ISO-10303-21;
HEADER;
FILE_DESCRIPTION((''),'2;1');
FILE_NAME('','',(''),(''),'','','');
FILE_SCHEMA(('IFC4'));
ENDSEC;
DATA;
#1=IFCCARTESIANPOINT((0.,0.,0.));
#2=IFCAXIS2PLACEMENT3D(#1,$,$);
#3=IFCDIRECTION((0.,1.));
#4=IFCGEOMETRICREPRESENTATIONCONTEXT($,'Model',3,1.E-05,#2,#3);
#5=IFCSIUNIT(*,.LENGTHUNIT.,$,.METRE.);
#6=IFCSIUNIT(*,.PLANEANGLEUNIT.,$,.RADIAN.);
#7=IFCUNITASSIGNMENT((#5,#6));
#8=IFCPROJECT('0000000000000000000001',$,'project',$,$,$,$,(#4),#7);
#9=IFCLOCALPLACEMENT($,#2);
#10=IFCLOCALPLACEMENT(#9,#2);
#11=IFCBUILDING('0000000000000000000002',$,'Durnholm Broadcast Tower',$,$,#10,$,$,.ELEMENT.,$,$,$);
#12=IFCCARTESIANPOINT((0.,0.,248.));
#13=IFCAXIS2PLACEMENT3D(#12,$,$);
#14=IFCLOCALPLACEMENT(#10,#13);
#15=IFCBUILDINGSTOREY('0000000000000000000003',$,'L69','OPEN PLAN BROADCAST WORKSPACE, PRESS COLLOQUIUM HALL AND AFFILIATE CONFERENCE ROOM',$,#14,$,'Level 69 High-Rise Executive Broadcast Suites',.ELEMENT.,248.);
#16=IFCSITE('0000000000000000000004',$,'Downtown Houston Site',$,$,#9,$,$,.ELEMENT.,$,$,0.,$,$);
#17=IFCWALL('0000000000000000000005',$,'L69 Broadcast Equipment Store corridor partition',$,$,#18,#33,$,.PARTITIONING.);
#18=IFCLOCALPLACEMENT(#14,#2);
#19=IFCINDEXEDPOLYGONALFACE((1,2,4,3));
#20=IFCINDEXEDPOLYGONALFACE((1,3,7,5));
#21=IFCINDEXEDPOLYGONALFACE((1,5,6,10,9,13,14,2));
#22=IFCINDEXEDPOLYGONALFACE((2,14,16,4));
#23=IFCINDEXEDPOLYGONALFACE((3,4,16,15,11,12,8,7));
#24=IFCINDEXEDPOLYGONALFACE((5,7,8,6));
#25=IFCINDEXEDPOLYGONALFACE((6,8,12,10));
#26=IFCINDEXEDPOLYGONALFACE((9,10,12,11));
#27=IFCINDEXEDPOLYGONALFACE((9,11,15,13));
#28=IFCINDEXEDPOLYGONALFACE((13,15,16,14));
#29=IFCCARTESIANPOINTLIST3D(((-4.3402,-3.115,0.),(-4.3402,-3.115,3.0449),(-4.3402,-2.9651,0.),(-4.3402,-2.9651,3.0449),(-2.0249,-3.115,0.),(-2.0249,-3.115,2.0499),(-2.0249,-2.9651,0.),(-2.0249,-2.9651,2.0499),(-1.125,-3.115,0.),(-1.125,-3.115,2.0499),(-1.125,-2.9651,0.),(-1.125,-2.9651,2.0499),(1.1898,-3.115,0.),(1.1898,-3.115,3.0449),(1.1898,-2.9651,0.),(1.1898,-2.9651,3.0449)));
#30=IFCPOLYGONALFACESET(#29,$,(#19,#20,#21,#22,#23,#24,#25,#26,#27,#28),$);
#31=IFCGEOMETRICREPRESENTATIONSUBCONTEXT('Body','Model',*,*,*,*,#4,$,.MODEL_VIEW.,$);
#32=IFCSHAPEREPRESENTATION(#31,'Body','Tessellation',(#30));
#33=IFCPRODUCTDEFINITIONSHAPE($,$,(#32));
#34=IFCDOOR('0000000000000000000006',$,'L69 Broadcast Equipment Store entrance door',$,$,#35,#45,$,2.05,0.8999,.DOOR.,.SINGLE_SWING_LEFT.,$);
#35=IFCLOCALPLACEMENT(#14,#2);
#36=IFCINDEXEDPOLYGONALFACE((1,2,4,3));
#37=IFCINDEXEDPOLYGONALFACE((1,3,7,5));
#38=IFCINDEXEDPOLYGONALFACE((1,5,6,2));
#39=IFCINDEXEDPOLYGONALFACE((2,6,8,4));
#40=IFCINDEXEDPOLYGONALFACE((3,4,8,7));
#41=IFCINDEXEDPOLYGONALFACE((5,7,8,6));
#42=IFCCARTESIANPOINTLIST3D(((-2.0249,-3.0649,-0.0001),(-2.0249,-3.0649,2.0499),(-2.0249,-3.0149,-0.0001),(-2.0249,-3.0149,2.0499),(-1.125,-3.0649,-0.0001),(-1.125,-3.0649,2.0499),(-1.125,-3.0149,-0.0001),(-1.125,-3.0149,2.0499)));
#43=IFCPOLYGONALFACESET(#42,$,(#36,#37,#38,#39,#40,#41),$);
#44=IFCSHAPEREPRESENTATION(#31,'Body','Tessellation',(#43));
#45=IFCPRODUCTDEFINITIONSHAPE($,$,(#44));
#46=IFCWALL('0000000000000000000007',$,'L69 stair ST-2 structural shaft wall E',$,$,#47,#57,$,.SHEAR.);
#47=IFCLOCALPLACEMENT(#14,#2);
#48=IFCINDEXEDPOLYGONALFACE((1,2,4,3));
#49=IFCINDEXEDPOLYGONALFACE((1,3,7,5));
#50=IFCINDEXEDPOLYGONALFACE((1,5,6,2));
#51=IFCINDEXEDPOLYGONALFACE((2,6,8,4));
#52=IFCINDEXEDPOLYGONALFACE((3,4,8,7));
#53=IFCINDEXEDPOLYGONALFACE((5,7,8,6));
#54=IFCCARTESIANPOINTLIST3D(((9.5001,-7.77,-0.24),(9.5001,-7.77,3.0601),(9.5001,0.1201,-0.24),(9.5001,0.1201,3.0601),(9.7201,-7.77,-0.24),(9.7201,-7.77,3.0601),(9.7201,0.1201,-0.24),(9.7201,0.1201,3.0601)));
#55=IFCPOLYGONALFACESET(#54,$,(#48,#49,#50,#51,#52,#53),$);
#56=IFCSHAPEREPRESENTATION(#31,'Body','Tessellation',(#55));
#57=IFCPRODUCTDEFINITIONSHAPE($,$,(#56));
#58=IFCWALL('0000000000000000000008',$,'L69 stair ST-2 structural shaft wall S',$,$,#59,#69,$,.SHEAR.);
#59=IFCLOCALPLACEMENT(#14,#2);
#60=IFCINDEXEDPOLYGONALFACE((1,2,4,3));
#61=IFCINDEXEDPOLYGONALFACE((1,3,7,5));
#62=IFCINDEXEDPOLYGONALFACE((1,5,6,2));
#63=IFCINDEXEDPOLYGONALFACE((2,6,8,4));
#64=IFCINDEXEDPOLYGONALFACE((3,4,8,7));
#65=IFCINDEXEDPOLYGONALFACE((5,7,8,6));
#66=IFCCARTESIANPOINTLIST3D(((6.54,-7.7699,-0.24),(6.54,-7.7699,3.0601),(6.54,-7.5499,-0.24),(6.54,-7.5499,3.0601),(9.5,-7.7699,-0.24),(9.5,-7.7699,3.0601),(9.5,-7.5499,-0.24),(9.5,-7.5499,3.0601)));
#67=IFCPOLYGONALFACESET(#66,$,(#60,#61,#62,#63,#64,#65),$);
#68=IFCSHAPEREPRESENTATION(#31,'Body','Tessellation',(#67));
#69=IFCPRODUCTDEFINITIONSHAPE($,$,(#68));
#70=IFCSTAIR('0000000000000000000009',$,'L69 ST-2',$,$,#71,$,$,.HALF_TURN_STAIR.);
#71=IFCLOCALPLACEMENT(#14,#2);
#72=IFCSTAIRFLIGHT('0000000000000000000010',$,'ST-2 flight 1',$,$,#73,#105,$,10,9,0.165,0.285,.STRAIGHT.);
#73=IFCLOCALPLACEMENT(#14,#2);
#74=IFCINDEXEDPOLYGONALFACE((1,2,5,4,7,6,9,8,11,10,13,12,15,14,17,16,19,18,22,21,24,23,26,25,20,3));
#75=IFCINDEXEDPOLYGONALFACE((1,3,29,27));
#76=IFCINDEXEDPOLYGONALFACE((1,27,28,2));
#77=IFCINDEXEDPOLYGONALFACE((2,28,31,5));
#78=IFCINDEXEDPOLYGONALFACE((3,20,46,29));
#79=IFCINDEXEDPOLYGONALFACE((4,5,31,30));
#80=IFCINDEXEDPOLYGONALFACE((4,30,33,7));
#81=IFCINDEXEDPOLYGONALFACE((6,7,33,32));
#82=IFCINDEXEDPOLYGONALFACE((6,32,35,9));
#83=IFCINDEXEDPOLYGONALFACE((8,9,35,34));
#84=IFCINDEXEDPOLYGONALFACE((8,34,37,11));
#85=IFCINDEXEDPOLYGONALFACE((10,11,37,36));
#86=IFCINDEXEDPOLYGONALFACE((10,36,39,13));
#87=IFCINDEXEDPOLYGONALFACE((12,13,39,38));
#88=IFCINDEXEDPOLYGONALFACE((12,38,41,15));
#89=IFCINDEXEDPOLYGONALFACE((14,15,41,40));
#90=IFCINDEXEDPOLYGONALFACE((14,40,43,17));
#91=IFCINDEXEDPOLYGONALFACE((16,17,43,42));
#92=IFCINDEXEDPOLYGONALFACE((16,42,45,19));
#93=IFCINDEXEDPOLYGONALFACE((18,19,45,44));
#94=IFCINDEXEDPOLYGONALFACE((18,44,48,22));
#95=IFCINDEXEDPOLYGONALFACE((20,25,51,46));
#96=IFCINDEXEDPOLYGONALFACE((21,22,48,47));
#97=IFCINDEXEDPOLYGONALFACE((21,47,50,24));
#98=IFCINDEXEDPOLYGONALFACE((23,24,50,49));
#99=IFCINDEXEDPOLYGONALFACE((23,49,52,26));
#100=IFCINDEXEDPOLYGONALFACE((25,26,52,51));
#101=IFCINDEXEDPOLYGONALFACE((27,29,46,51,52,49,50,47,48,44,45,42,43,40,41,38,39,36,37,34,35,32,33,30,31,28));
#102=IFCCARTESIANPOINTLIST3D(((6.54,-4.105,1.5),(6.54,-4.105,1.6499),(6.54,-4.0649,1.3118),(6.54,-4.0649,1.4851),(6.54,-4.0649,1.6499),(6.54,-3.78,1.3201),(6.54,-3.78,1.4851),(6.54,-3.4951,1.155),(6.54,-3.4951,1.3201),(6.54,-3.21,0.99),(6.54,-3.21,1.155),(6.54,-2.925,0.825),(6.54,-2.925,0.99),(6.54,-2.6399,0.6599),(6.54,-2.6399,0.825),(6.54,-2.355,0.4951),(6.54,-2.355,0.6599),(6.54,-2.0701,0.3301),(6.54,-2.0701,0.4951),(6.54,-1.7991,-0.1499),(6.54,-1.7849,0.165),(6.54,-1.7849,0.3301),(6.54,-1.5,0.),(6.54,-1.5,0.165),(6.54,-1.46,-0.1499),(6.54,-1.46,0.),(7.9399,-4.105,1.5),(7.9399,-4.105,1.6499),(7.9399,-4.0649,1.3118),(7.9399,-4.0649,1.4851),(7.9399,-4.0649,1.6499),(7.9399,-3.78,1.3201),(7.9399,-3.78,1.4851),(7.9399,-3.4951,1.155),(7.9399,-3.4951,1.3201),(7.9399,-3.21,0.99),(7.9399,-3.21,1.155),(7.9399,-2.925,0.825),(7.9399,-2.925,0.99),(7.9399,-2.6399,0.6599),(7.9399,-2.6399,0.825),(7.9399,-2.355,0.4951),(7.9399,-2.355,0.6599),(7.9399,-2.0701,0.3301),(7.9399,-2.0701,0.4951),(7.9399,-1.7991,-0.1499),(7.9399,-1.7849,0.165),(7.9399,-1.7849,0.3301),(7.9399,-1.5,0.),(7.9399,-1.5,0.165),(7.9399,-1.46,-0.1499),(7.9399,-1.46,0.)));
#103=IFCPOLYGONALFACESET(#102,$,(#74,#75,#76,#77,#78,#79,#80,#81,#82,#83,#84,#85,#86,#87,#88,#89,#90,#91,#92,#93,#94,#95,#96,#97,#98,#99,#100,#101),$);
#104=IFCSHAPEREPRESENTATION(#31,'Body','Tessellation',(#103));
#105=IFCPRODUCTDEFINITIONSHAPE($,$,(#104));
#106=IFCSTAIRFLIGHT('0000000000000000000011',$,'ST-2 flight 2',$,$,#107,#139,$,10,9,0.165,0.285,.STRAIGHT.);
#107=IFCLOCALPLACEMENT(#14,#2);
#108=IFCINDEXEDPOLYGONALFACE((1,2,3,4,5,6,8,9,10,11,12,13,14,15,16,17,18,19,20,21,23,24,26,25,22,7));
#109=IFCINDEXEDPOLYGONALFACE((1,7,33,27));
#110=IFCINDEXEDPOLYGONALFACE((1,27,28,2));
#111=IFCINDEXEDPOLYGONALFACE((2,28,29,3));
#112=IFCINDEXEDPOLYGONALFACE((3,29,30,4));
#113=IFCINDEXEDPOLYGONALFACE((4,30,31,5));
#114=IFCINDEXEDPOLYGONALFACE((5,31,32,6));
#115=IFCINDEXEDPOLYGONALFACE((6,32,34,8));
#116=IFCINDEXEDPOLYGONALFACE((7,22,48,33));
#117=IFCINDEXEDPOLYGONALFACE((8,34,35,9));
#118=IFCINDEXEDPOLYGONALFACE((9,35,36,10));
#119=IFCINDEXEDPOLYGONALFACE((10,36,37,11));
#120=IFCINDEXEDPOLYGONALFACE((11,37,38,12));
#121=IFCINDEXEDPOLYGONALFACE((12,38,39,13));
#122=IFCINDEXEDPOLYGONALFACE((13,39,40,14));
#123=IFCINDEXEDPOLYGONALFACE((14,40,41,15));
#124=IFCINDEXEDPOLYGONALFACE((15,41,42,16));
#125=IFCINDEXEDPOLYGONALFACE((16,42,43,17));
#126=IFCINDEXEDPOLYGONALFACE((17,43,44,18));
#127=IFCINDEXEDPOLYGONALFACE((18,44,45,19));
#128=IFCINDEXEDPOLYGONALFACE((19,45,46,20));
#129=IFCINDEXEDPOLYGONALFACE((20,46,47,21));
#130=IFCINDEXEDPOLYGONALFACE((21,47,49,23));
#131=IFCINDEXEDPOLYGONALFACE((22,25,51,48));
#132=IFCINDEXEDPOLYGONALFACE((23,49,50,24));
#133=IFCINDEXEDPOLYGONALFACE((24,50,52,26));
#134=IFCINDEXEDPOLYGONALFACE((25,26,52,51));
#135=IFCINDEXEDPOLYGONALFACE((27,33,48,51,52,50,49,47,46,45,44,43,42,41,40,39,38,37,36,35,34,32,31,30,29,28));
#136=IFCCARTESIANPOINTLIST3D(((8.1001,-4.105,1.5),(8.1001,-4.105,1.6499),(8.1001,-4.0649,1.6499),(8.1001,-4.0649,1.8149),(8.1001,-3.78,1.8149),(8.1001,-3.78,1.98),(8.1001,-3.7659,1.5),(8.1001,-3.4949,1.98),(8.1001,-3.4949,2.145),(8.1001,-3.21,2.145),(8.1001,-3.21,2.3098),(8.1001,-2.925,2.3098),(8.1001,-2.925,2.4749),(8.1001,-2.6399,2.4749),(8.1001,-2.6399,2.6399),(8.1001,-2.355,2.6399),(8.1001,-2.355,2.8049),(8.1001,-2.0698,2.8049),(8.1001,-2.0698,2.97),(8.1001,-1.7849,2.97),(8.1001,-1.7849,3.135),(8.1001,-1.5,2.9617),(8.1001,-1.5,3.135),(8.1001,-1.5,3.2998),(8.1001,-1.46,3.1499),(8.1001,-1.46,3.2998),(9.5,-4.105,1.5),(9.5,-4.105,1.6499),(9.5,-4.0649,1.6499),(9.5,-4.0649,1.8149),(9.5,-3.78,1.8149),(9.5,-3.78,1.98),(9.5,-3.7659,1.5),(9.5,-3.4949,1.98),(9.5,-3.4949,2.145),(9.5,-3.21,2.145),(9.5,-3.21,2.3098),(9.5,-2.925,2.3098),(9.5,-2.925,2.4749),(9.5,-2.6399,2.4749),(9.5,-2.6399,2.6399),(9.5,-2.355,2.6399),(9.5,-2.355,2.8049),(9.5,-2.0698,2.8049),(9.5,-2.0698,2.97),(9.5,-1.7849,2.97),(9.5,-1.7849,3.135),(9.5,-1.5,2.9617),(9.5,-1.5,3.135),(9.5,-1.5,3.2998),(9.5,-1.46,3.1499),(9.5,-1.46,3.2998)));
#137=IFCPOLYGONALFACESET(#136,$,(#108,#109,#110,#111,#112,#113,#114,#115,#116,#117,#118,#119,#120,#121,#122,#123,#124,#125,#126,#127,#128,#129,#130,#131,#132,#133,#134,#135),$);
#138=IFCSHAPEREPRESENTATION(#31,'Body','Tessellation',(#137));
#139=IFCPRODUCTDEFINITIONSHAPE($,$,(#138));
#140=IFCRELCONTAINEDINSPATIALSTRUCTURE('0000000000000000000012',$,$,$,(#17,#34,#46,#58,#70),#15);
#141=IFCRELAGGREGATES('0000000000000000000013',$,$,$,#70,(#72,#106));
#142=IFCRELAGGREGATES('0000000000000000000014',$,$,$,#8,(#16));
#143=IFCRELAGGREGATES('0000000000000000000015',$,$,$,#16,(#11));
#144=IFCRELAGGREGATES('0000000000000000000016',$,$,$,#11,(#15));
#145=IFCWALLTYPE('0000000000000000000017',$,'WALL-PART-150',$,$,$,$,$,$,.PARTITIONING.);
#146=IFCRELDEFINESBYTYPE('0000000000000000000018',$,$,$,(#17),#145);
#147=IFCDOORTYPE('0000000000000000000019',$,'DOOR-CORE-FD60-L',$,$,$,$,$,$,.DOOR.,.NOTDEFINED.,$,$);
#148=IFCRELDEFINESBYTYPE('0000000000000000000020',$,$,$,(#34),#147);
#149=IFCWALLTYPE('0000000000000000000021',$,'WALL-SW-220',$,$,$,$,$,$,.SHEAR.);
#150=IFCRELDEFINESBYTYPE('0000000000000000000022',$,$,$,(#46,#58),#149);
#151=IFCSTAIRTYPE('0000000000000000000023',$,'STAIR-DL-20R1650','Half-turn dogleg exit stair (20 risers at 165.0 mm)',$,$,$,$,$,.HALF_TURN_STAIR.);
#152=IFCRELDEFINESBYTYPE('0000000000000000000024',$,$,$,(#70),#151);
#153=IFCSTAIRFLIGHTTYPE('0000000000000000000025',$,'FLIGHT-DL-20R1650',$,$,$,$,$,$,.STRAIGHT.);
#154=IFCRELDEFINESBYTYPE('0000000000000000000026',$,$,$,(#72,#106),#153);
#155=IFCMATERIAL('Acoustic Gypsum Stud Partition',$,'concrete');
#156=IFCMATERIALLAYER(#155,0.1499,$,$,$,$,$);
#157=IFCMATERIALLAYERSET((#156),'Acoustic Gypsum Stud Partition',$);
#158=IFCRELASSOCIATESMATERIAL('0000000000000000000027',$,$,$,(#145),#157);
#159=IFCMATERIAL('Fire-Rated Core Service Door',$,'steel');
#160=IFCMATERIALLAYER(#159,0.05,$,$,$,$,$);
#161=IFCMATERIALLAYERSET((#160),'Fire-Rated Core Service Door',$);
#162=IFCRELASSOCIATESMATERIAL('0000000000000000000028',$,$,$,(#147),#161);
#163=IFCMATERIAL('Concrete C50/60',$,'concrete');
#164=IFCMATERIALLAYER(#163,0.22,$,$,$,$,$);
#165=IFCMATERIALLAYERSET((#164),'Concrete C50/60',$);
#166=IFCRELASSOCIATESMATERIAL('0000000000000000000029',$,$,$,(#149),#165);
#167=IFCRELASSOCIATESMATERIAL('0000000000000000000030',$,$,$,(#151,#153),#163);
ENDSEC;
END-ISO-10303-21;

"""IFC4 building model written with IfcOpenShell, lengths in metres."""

from ifc_helpers import new_model, si_unit, direction, frame, frame_2d, origin, place, context, subcontext, project, spatial, polyline, rectangle, outline, extrude, source, transform, mapped, material, layer, layer_set, type_object, type_shapes, element, fill, aggregate, save


model = new_model("IFC4")

# Units and contexts
model_context = context("Model", 3, precision=1e-05, world=origin(), true_north=direction((0.0, 1.0)))
body_context = subcontext(model_context, "Body", "Model", "MODEL_VIEW")
ifc_project = project(units=[si_unit("LENGTHUNIT", "METRE"), si_unit("PLANEANGLEUNIT", "RADIAN")], contexts=[model_context])

# Site, building, storey
site_placement = place(None, origin())
site = spatial("IfcSite", under=ifc_project, at=site_placement, Name="Downtown Houston Site", CompositionType="ELEMENT", RefElevation=0.0)
building_placement = place(site_placement, origin())
building = spatial("IfcBuilding", under=site, at=building_placement, Name="Durnholm Broadcast Tower", CompositionType="ELEMENT")
storey_placement = place(building_placement, frame((0.0, 0.0, 248.0)))
storey = spatial("IfcBuildingStorey", under=building, at=storey_placement, Name="L69", Description="OPEN PLAN BROADCAST WORKSPACE, PRESS COLLOQUIUM HALL AND AFFILIATE CONFERENCE ROOM", LongName="Level 69 High-Rise Executive Broadcast Suites", CompositionType="ELEMENT", Elevation=248.0)

# Shared definitions
ifc_material_1 = material(Name="Fire-Rated Core Service Door", Category="steel")

# Wall, opening, door
ifc_material_2 = material(Name="Acoustic Gypsum Stud Partition", Category="concrete")
ifc_layer_1 = layer(ifc_material_2, 0.1499)
ifc_layer_set_1 = layer_set([ifc_layer_1], Name="Acoustic Gypsum Stud Partition")
wall_type_1 = type_object("IfcWallType", Name="WALL-PART-150", PredefinedType="PARTITIONING", material=ifc_layer_set_1)
wall_1_placement = place(storey_placement, frame((1.1899, -3.04, 0.0), z_axis=(0.0, 0.0, 1.0), x_axis=(-1.0, 0.0, 0.0)))
wall_1 = element("IfcWall", 1, at=wall_1_placement, inside=storey, type_object=wall_type_1, Name="L69 Broadcast Equipment Store corridor partition", PredefinedType="PARTITIONING", context=body_context, shape_type="SweptSolid", body=[
    extrude(rectangle(XDim=5.53, YDim=0.1499, at=frame_2d((2.7651, 0.0))), origin(), (0.0, 0.0, 1.0), 3.0449),
])
opening_1_placement = place(wall_1_placement, frame((2.3149, 0.0, 0.0)))
opening_1 = element("IfcOpeningElement", 2, at=opening_1_placement, cuts=wall_1, PredefinedType="OPENING", context=body_context, shape_type="SweptSolid", body=[
    extrude(rectangle(XDim=0.8999, YDim=2.05, at=frame_2d((0.45, 1.0249))), frame((0.0, 0.085, 0.0), z_axis=(0.0, -1.0, 0.0), x_axis=(1.0, 0.0, 0.0)), (0.0, 0.0, 1.0), 0.1699),
])
ifc_layer_2 = layer(ifc_material_1, 0.05)
ifc_layer_set_2 = layer_set([ifc_layer_2], Name="Fire-Rated Core Service Door")
door_type_1 = type_object("IfcDoorType", Name="DOOR-CORE-FD60-L", OperationType="NOTDEFINED", PredefinedType="DOOR", material=ifc_layer_set_2)
shared_shape_1 = source(origin(), body_context, "Body", "SweptSolid", [
    extrude(rectangle(XDim=0.8999, YDim=2.05, at=frame_2d((0.45, 1.0249))), frame((0.0, 0.0249, 0.0), z_axis=(0.0, -1.0, 0.0), x_axis=(1.0, 0.0, 0.0)), (0.0, 0.0, 1.0), 0.05),
])
type_shapes(door_type_1, [shared_shape_1])
door_1_placement = place(opening_1_placement, origin())
door_1 = element("IfcDoor", 3, at=door_1_placement, inside=storey, type_object=door_type_1, Name="L69 Broadcast Equipment Store entrance door", OperationType="SINGLE_SWING_LEFT", OverallHeight=2.05, OverallWidth=0.8999, PredefinedType="DOOR", context=body_context, shape_type="MappedRepresentation", body=[
    mapped(shared_shape_1, transform((0.0, 0.0, 0.0), x_axis=(1.0, 0.0, 0.0), y_axis=(0.0, 1.0, 0.0), z_axis=(0.0, 0.0, 1.0), scale=1.0)),
])
fill(opening_1, door_1)

# Walls
ifc_material_3 = material(Name="Concrete C50/60", Category="concrete")
ifc_layer_3 = layer(ifc_material_3, 0.22)
ifc_layer_set_3 = layer_set([ifc_layer_3], Name="Concrete C50/60")
wall_type_2 = type_object("IfcWallType", Name="WALL-SW-220", PredefinedType="SHEAR", material=ifc_layer_set_3)
wall_2_placement = place(storey_placement, frame((9.6101, -7.77, -0.24), z_axis=(0.0, 0.0, 1.0), x_axis=(0.0, 1.0, 0.0)))
element("IfcWall", 4, at=wall_2_placement, inside=storey, type_object=wall_type_2, Name="L69 stair ST-2 structural shaft wall E", PredefinedType="SHEAR", context=body_context, shape_type="SweptSolid", body=[
    extrude(rectangle(XDim=7.8901, YDim=0.22, at=frame_2d((3.9451, 0.0))), origin(), (0.0, 0.0, 1.0), 3.3),
])
wall_3_placement = place(storey_placement, frame((6.54, -7.6599, -0.24), z_axis=(0.0, 0.0, 1.0), x_axis=(1.0, 0.0, 0.0)))
element("IfcWall", 5, at=wall_3_placement, inside=storey, type_object=wall_type_2, Name="L69 stair ST-2 structural shaft wall S", PredefinedType="SHEAR", context=body_context, shape_type="SweptSolid", body=[
    extrude(rectangle(XDim=2.96, YDim=0.22, at=frame_2d((1.48, 0.0))), origin(), (0.0, 0.0, 1.0), 3.3),
])

# Stair, stair flights
stair_type = type_object("IfcStairType", Name="STAIR-DL-20R1650", Description="Half-turn dogleg exit stair (20 risers at 165.0 mm)", PredefinedType="HALF_TURN_STAIR", material=ifc_material_3)
stair_placement = place(storey_placement, origin())
stair = element("IfcStair", 6, at=stair_placement, inside=storey, type_object=stair_type, Name="L69 ST-2", PredefinedType="HALF_TURN_STAIR")
stair_flight_type = type_object("IfcStairFlightType", Name="FLIGHT-DL-20R1650", PredefinedType="STRAIGHT", material=ifc_material_3)
stair_flight_1_placement = place(storey_placement, frame((7.24, -1.5, 0.0), z_axis=(0.0, 0.0, 1.0), x_axis=(0.0, -1.0, 0.0)))
stair_flight_1 = element("IfcStairFlight", 7, at=stair_flight_1_placement, type_object=stair_flight_type, Name="ST-2 flight 1", NumberOfRisers=10, NumberOfTreads=9, PredefinedType="STRAIGHT", RiserHeight=0.165, TreadLength=0.285, context=body_context, shape_type="SweptSolid", body=[
    extrude(outline(polyline([(-0.04, -0.1499), (-0.04, 0.0), (0.0, 0.0), (0.0, 0.165), (0.2849, 0.165), (0.2849, 0.3301), (0.5701, 0.3301), (0.5701, 0.4951), (0.855, 0.4951), (0.855, 0.6599), (1.1399, 0.6599), (1.1399, 0.825), (1.425, 0.825), (1.425, 0.99), (1.71, 0.99), (1.71, 1.155), (1.9951, 1.155), (1.9951, 1.3201), (2.28, 1.3201), (2.28, 1.4851), (2.5649, 1.4851), (2.5649, 1.6499), (2.605, 1.6499), (2.605, 1.5), (2.5649, 1.3118), (0.2991, -0.1499), (-0.04, -0.1499)])), frame((0.0, 0.7, 0.0), z_axis=(0.0, -1.0, 0.0), x_axis=(1.0, 0.0, 0.0)), (0.0, 0.0, 1.0), 1.3999),
])
stair_flight_2_placement = place(storey_placement, frame((8.8, -4.0649, 1.6499), z_axis=(0.0, 0.0, 1.0), x_axis=(0.0, 1.0, 0.0)))
stair_flight_2 = element("IfcStairFlight", 8, at=stair_flight_2_placement, type_object=stair_flight_type, Name="ST-2 flight 2", NumberOfRisers=10, NumberOfTreads=9, PredefinedType="STRAIGHT", RiserHeight=0.165, TreadLength=0.285, context=body_context, shape_type="SweptSolid", body=[
    extrude(outline(polyline([(-0.04, -0.1499), (-0.04, 0.0), (0.0, 0.0), (0.0, 0.165), (0.2849, 0.165), (0.2849, 0.3301), (0.5701, 0.3301), (0.5701, 0.4951), (0.855, 0.4951), (0.855, 0.6599), (1.1399, 0.6599), (1.1399, 0.825), (1.425, 0.825), (1.425, 0.99), (1.71, 0.99), (1.71, 1.155), (1.9951, 1.155), (1.9951, 1.3201), (2.28, 1.3201), (2.28, 1.4851), (2.5649, 1.4851), (2.5649, 1.6499), (2.605, 1.6499), (2.605, 1.5), (2.5649, 1.3118), (0.2991, -0.1499), (-0.04, -0.1499)])), frame((0.0, 0.7, 0.0), z_axis=(0.0, -1.0, 0.0), x_axis=(1.0, 0.0, 0.0)), (0.0, 0.0, 1.0), 1.3999),
])
aggregate(stair, [stair_flight_1, stair_flight_2])

save(model, "model.ifc")
